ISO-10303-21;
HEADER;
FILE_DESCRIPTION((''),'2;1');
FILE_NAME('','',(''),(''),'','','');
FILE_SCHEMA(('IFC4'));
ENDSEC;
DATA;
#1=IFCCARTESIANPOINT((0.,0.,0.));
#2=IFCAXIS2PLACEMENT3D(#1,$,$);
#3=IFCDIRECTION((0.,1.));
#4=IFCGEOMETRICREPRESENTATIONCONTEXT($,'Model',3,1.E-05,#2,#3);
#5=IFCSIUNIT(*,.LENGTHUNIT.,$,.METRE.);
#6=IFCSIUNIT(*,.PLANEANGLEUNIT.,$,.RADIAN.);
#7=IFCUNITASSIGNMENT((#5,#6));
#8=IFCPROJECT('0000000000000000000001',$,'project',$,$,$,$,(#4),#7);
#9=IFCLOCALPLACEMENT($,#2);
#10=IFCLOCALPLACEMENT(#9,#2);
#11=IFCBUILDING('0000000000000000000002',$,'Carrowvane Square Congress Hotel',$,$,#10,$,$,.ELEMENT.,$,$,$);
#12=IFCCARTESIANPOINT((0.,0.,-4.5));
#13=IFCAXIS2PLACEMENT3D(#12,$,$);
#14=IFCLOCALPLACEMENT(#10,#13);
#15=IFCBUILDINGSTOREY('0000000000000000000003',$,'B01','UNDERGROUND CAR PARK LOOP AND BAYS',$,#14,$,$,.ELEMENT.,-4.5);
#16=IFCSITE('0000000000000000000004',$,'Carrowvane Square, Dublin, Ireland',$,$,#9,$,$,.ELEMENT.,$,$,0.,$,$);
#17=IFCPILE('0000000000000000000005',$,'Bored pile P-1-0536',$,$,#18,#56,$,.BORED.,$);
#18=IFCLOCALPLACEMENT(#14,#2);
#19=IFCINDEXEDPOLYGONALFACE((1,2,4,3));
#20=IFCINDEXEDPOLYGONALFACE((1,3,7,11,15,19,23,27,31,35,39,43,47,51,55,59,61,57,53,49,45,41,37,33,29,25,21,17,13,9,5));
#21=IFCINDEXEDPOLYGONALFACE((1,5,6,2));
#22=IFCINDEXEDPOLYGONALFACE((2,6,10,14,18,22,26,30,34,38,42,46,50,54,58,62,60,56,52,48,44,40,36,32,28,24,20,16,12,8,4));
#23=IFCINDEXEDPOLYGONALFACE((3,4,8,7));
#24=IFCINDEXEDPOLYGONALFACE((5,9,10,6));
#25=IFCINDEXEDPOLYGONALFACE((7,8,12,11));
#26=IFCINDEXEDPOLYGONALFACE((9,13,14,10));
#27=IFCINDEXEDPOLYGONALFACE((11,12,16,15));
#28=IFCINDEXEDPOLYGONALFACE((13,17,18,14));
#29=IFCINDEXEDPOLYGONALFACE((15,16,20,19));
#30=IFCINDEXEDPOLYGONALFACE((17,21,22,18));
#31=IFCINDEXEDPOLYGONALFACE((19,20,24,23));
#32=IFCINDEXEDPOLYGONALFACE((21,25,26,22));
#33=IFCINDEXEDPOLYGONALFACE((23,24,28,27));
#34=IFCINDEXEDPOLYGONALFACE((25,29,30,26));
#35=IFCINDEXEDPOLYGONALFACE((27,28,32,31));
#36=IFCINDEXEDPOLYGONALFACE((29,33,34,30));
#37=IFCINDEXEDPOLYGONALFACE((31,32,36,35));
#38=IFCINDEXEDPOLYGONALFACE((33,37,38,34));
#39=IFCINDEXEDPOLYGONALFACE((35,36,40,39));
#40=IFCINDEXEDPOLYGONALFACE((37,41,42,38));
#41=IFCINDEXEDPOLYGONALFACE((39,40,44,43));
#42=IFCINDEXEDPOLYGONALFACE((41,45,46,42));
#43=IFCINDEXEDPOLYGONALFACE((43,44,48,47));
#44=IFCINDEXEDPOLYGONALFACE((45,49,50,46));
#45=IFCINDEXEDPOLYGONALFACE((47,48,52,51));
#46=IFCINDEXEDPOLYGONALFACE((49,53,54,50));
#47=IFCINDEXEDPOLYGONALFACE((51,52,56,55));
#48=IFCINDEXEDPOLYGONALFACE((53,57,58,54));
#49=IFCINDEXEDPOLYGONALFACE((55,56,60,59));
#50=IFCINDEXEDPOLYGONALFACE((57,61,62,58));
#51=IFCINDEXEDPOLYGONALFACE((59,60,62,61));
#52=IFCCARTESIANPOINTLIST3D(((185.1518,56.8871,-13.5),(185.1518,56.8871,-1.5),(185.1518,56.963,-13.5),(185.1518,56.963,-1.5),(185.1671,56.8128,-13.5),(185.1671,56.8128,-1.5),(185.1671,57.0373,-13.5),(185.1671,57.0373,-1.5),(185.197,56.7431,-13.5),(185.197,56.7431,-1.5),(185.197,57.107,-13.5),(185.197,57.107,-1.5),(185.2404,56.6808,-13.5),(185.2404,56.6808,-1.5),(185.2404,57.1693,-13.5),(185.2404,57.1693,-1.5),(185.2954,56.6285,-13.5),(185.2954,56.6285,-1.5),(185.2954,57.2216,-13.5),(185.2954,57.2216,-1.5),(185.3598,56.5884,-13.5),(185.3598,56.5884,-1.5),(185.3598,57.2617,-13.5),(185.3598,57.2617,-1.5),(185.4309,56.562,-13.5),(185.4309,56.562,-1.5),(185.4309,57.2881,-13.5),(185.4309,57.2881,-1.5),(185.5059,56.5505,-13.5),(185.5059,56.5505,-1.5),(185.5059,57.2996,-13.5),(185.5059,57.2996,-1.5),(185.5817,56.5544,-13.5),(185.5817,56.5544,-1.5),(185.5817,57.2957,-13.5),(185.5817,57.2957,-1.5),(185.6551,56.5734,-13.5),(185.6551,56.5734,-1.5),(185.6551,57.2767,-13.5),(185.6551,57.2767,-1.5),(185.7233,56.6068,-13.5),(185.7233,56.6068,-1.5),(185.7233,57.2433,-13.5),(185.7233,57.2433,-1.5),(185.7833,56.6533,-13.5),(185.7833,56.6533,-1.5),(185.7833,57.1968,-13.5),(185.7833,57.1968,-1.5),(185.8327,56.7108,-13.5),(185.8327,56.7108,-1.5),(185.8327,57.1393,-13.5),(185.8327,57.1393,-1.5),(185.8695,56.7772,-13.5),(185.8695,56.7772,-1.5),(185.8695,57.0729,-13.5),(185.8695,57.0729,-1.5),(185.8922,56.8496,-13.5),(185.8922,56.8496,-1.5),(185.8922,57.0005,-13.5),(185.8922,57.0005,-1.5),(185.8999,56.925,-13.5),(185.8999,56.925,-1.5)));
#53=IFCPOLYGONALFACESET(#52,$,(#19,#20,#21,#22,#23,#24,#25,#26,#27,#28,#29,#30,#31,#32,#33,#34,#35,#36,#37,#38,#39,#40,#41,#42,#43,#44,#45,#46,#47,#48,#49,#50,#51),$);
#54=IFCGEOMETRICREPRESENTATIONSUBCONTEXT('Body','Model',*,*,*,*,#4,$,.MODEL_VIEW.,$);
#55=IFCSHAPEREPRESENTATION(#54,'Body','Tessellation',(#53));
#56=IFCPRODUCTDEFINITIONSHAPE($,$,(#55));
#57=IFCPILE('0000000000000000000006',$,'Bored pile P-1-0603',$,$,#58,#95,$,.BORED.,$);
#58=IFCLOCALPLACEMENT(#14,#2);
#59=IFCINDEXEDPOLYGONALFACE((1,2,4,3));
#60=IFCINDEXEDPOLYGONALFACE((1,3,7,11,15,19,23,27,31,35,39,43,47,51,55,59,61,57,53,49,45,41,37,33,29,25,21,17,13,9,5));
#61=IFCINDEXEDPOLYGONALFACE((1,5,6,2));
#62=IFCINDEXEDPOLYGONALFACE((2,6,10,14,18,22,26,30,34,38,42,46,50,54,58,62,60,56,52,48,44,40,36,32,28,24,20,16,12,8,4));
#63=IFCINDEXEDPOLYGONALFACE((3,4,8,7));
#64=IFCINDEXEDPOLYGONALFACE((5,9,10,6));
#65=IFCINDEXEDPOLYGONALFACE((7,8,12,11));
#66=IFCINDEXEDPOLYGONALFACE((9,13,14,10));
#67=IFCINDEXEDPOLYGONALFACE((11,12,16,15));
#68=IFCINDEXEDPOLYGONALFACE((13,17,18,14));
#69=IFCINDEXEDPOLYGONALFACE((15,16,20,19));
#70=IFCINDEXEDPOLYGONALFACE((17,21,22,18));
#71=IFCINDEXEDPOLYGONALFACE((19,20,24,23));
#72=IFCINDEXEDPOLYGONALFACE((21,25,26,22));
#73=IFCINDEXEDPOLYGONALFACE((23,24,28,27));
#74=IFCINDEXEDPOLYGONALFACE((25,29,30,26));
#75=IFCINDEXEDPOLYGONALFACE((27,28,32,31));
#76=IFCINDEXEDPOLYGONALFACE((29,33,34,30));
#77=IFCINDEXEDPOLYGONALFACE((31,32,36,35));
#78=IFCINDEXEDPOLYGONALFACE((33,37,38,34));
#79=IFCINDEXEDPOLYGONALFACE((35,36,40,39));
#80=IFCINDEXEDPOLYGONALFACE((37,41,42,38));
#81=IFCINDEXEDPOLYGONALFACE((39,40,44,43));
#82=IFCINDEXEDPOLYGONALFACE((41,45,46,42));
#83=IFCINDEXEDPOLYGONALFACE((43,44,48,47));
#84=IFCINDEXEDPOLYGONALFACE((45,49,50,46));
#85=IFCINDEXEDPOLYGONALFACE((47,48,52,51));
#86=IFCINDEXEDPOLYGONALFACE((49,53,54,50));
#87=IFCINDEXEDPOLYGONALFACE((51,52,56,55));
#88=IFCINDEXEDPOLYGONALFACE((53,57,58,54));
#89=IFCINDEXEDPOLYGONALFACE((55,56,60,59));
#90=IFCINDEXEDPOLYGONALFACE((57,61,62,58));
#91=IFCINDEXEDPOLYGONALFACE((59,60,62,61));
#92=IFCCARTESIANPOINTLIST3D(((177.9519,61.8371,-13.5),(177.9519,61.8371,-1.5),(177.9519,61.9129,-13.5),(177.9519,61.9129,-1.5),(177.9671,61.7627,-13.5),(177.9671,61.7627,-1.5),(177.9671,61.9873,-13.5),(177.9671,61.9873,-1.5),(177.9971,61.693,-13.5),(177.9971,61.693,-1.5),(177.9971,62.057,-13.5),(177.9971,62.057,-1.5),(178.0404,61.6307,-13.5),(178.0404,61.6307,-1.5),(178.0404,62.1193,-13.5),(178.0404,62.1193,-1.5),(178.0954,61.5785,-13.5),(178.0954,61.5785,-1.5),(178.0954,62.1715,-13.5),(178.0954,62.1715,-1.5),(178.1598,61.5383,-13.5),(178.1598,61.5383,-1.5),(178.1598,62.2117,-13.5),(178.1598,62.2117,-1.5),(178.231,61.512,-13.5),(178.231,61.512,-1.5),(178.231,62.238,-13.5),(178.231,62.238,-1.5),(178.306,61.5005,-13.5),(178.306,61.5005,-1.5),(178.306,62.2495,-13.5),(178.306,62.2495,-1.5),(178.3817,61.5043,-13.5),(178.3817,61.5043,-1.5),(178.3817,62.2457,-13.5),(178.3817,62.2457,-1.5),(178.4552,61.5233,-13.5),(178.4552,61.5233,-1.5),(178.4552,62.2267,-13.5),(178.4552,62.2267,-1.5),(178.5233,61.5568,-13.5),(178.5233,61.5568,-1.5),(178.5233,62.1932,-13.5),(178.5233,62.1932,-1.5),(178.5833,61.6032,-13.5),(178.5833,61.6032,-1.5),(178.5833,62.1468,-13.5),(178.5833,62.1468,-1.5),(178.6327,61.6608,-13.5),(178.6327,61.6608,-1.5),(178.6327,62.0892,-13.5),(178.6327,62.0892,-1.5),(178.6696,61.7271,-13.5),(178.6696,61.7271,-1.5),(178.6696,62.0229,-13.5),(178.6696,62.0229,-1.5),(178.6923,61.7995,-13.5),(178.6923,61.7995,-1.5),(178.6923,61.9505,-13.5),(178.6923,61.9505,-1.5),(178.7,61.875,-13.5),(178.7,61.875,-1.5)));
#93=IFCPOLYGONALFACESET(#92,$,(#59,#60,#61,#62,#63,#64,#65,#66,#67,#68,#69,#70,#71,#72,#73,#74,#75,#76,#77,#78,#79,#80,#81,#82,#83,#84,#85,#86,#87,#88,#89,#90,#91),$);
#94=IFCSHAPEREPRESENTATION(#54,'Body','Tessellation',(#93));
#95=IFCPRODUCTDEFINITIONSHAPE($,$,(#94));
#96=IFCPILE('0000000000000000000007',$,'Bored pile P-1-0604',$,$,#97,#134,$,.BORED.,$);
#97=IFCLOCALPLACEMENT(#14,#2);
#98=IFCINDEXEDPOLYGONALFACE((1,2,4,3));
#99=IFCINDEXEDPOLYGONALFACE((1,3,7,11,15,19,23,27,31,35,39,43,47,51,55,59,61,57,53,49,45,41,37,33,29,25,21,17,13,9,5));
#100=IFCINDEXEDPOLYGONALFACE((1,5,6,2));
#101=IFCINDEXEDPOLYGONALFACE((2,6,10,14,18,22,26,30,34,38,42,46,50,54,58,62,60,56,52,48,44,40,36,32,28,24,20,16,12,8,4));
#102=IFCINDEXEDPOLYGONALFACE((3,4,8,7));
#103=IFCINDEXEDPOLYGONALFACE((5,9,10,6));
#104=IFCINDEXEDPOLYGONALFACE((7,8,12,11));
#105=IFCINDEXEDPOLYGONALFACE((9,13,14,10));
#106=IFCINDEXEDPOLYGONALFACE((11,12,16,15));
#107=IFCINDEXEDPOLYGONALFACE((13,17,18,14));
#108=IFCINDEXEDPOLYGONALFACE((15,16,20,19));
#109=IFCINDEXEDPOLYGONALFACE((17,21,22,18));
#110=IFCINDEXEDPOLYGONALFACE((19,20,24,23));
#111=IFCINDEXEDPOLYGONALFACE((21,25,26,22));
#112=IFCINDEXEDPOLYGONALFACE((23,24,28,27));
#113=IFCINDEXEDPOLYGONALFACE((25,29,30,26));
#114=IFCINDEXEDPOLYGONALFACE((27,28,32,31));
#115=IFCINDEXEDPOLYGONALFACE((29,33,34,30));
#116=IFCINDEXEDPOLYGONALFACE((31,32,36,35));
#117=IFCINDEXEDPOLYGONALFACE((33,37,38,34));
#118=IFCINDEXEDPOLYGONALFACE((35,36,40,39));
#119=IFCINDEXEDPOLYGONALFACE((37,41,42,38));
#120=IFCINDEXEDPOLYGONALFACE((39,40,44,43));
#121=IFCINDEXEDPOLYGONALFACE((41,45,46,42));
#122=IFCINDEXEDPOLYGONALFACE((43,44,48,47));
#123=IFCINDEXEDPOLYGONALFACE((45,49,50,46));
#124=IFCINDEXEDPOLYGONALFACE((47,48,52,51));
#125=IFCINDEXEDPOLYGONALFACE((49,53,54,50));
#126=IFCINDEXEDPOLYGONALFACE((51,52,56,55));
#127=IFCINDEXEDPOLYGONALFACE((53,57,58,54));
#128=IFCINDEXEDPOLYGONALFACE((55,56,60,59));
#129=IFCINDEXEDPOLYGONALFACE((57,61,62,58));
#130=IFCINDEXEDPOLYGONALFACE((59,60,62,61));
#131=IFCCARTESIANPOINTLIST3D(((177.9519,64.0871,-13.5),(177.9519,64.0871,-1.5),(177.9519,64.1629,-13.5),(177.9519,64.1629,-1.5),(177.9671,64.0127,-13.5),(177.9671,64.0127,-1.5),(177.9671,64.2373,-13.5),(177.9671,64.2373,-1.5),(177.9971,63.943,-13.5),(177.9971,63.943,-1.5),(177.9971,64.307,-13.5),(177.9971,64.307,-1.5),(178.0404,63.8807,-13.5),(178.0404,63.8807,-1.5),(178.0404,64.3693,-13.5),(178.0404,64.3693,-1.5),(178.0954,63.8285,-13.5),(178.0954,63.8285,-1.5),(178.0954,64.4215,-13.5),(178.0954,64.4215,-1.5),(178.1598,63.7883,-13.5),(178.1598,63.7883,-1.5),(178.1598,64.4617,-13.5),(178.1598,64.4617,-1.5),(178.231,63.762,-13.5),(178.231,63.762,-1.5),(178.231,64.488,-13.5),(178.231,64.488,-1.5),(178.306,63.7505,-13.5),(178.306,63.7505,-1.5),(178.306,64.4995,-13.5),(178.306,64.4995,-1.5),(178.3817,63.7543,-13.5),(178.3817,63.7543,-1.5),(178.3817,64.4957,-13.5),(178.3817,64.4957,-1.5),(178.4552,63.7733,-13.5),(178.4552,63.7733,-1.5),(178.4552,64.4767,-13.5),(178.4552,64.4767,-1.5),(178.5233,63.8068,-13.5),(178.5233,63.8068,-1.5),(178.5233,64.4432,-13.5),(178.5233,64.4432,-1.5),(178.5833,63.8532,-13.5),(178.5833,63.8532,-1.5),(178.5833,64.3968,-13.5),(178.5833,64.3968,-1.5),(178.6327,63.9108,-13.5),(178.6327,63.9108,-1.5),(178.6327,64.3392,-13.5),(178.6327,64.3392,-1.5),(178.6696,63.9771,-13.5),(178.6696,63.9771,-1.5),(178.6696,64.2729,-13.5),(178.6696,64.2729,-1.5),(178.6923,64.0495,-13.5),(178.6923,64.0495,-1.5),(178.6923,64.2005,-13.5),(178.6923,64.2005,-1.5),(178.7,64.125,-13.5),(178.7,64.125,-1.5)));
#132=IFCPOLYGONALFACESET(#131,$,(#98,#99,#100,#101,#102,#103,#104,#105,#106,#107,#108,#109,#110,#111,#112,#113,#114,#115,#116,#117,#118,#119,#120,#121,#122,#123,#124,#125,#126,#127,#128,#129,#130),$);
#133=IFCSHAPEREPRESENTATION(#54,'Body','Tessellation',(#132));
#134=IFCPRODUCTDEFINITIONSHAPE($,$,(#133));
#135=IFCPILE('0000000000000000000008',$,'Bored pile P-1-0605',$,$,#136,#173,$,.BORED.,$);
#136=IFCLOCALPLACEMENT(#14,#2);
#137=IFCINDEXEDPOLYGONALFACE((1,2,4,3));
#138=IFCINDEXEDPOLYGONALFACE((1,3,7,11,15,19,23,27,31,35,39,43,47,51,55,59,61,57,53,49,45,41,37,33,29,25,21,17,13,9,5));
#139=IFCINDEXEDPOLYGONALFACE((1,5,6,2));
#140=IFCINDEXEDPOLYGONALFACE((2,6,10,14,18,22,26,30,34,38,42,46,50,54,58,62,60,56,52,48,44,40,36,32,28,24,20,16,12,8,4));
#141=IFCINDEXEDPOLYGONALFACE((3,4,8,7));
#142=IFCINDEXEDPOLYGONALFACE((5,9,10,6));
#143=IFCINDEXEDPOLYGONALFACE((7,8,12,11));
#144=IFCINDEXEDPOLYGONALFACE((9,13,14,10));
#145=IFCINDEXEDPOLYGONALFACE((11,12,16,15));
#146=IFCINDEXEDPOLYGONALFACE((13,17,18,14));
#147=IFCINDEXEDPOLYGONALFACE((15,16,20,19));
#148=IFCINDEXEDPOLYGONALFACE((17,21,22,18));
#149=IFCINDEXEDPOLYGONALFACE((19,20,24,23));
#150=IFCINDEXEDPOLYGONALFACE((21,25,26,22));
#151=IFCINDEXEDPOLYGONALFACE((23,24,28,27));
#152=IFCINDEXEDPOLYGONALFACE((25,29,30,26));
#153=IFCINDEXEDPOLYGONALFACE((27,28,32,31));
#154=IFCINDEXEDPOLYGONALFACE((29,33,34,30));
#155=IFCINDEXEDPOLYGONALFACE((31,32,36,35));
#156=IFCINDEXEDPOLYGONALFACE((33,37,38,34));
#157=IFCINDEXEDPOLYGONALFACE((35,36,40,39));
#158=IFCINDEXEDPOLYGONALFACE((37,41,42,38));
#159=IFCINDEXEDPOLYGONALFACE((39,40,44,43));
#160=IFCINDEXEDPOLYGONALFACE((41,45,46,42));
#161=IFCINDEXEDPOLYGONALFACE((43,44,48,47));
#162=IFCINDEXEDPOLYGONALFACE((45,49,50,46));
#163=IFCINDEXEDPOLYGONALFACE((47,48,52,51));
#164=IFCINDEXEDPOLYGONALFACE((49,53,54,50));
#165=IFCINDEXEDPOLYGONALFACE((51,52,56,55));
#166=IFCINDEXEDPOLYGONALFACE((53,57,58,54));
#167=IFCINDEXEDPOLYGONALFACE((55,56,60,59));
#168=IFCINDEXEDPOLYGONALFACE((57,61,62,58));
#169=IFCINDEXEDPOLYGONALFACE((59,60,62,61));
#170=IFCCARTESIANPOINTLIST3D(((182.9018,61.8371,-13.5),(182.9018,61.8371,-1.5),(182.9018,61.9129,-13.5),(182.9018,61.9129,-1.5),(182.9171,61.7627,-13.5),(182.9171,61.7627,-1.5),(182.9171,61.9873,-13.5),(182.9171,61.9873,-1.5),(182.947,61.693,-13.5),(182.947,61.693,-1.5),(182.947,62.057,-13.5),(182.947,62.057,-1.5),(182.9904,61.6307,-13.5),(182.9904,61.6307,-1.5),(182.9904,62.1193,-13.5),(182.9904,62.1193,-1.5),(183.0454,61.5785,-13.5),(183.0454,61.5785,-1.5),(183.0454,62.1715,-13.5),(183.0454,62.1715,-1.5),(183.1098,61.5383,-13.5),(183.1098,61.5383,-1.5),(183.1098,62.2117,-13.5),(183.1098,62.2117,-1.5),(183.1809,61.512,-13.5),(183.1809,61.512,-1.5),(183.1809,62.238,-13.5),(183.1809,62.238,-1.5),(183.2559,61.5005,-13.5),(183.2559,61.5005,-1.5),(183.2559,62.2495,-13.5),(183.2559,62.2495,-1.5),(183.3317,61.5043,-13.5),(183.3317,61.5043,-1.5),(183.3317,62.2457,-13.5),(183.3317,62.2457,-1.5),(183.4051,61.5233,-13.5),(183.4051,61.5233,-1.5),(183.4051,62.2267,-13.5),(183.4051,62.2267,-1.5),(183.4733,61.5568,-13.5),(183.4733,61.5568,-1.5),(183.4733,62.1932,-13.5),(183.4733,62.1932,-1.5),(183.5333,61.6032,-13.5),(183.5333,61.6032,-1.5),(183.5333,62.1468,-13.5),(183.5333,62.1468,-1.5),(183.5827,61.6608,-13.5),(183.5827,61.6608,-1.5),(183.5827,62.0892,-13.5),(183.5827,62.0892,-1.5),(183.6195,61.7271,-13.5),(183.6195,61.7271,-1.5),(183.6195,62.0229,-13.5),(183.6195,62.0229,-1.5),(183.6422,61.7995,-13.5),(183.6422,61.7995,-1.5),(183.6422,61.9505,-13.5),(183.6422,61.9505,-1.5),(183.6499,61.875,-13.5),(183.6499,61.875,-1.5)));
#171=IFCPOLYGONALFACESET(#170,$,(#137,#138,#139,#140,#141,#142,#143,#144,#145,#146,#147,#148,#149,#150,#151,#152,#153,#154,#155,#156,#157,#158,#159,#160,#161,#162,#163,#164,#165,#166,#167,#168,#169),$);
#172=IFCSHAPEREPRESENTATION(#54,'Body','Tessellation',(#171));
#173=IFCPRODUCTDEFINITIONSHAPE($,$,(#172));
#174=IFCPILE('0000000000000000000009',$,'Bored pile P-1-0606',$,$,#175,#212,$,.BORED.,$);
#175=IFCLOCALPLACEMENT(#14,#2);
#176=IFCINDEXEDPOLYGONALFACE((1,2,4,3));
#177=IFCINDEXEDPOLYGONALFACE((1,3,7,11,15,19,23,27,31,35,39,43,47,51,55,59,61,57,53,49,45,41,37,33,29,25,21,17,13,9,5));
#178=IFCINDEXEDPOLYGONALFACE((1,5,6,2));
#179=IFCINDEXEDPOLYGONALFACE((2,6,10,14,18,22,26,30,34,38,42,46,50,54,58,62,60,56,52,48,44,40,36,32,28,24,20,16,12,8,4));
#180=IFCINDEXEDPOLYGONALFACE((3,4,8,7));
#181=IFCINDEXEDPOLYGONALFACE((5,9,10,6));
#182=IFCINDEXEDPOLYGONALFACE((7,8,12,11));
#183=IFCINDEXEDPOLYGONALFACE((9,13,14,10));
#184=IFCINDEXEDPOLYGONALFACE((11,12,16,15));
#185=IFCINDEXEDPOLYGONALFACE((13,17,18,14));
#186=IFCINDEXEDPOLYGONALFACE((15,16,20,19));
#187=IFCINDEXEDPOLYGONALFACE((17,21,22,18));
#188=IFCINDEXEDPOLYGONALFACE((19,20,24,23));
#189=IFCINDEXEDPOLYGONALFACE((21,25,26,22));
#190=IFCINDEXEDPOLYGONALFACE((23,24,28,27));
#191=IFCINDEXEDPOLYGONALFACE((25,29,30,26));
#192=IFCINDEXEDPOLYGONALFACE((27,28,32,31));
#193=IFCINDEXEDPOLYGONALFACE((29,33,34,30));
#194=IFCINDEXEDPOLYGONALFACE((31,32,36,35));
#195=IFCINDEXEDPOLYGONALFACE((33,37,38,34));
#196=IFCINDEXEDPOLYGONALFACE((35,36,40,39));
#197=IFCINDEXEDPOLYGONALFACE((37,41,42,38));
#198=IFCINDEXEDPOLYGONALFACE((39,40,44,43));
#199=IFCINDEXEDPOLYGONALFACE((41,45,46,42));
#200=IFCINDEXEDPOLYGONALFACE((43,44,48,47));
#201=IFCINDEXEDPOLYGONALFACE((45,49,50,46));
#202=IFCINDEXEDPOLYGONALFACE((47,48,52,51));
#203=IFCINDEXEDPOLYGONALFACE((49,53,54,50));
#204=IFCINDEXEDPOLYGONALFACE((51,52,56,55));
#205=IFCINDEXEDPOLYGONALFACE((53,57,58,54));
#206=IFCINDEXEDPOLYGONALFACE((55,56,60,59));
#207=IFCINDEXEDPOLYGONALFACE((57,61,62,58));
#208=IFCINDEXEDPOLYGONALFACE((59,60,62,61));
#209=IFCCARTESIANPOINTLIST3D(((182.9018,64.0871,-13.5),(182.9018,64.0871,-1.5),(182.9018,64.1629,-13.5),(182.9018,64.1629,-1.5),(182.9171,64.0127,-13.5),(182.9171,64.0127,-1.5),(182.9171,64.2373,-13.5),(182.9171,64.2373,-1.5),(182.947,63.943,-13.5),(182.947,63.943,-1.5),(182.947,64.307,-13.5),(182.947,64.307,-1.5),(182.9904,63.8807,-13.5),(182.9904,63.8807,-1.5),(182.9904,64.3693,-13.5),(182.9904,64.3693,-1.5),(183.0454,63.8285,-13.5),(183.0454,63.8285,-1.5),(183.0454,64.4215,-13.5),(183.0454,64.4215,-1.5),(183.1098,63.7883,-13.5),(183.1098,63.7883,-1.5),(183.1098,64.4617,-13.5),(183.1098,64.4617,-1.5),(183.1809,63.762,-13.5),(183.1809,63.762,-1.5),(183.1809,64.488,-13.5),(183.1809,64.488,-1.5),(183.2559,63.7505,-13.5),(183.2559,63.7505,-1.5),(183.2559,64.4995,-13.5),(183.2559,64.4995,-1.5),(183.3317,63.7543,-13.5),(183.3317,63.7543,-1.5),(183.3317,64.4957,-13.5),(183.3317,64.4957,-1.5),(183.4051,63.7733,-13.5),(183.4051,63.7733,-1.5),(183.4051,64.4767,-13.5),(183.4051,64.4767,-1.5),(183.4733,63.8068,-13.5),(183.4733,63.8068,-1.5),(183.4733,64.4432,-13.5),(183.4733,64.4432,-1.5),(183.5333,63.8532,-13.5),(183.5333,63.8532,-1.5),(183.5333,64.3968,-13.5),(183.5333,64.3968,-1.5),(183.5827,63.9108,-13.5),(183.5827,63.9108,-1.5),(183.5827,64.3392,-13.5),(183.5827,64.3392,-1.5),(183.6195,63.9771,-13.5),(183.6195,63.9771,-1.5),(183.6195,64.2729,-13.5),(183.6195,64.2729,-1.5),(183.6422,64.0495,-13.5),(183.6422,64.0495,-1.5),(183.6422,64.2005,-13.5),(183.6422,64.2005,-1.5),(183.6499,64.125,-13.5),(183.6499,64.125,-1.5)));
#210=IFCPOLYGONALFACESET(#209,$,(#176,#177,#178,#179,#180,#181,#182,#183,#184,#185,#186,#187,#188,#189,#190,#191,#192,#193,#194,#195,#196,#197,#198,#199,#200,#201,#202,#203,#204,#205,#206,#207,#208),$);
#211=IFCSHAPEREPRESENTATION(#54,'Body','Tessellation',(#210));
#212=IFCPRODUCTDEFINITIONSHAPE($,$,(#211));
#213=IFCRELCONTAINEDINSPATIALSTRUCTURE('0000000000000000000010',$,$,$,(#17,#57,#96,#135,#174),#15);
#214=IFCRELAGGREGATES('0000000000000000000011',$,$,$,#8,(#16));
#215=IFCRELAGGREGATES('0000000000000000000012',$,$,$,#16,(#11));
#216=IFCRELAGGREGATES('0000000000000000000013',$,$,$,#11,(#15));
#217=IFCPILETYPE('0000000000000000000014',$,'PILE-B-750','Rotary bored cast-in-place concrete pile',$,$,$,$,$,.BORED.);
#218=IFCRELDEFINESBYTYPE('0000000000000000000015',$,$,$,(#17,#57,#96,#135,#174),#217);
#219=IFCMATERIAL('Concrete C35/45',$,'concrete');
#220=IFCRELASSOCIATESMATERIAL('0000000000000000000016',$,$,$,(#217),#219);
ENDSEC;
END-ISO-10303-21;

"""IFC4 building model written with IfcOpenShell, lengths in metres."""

from ifc_helpers import new_model, si_unit, direction, frame, origin, origin_2d, place, context, subcontext, project, spatial, circle, extrude, material, material_profile, profile_set, type_object, element, save


model = new_model("IFC4")

# Units and contexts
model_context = context("Model", 3, precision=1e-05, world=origin(), true_north=direction((0.0, 1.0)))
body_context = subcontext(model_context, "Body", "Model", "MODEL_VIEW")
ifc_project = project(units=[si_unit("LENGTHUNIT", "METRE"), si_unit("PLANEANGLEUNIT", "RADIAN")], contexts=[model_context])

# Site, building, storey
site_placement = place(None, origin())
site = spatial("IfcSite", under=ifc_project, at=site_placement, Name="Carrowvane Square, Dublin, Ireland", CompositionType="ELEMENT", RefElevation=0.0)
building_placement = place(site_placement, origin())
building = spatial("IfcBuilding", under=site, at=building_placement, Name="Carrowvane Square Congress Hotel", CompositionType="ELEMENT")
storey_placement = place(building_placement, frame((0.0, 0.0, -4.5)))
storey = spatial("IfcBuildingStorey", under=building, at=storey_placement, Name="B01", Description="UNDERGROUND CAR PARK LOOP AND BAYS", CompositionType="ELEMENT", Elevation=-4.5)

# Piles
ifc_material_1 = material(Name="Concrete C35/45", Category="concrete")
ifc_material_profile_1 = material_profile(ifc_material_1, circle(Radius=0.375, at=origin_2d()), Name="PILE D750")
ifc_profile_set_1 = profile_set([ifc_material_profile_1], Name="Concrete C35/45")
pile_type_1 = type_object("IfcPileType", Name="PILE-B-750", Description="Rotary bored cast-in-place concrete pile", PredefinedType="BORED", material=ifc_profile_set_1)
for number, where, z_axis, x_axis, name in (
    (1, (185.5249, 56.925, -1.5), (0.0, 0.0, -1.0), (1.0, 0.0, 0.0), "Bored pile P-1-0536"),
    (2, (178.325, 61.875, -1.5), (0.0, 0.0, -1.0), (1.0, 0.0, 0.0), "Bored pile P-1-0603"),
    (3, (178.325, 64.125, -1.5), (0.0, 0.0, -1.0), (1.0, 0.0, 0.0), "Bored pile P-1-0604"),
    (4, (183.2749, 61.875, -1.5), (0.0, 0.0, -1.0), (1.0, 0.0, 0.0), "Bored pile P-1-0605"),
    (5, (183.2749, 64.125, -1.5), (0.0, 0.0, -1.0), (1.0, 0.0, 0.0), "Bored pile P-1-0606"),
):
    element("IfcPile", number, at=place(storey_placement, frame(where, z_axis=z_axis, x_axis=x_axis)), inside=storey, type_object=pile_type_1, Name=name, PredefinedType="BORED", context=body_context, shape_type="SweptSolid", body=[
        extrude(circle(Radius=0.375, at=origin_2d()), origin(), (0.0, 0.0, 1.0), 12.0),
    ])

save(model, "model.ifc")
